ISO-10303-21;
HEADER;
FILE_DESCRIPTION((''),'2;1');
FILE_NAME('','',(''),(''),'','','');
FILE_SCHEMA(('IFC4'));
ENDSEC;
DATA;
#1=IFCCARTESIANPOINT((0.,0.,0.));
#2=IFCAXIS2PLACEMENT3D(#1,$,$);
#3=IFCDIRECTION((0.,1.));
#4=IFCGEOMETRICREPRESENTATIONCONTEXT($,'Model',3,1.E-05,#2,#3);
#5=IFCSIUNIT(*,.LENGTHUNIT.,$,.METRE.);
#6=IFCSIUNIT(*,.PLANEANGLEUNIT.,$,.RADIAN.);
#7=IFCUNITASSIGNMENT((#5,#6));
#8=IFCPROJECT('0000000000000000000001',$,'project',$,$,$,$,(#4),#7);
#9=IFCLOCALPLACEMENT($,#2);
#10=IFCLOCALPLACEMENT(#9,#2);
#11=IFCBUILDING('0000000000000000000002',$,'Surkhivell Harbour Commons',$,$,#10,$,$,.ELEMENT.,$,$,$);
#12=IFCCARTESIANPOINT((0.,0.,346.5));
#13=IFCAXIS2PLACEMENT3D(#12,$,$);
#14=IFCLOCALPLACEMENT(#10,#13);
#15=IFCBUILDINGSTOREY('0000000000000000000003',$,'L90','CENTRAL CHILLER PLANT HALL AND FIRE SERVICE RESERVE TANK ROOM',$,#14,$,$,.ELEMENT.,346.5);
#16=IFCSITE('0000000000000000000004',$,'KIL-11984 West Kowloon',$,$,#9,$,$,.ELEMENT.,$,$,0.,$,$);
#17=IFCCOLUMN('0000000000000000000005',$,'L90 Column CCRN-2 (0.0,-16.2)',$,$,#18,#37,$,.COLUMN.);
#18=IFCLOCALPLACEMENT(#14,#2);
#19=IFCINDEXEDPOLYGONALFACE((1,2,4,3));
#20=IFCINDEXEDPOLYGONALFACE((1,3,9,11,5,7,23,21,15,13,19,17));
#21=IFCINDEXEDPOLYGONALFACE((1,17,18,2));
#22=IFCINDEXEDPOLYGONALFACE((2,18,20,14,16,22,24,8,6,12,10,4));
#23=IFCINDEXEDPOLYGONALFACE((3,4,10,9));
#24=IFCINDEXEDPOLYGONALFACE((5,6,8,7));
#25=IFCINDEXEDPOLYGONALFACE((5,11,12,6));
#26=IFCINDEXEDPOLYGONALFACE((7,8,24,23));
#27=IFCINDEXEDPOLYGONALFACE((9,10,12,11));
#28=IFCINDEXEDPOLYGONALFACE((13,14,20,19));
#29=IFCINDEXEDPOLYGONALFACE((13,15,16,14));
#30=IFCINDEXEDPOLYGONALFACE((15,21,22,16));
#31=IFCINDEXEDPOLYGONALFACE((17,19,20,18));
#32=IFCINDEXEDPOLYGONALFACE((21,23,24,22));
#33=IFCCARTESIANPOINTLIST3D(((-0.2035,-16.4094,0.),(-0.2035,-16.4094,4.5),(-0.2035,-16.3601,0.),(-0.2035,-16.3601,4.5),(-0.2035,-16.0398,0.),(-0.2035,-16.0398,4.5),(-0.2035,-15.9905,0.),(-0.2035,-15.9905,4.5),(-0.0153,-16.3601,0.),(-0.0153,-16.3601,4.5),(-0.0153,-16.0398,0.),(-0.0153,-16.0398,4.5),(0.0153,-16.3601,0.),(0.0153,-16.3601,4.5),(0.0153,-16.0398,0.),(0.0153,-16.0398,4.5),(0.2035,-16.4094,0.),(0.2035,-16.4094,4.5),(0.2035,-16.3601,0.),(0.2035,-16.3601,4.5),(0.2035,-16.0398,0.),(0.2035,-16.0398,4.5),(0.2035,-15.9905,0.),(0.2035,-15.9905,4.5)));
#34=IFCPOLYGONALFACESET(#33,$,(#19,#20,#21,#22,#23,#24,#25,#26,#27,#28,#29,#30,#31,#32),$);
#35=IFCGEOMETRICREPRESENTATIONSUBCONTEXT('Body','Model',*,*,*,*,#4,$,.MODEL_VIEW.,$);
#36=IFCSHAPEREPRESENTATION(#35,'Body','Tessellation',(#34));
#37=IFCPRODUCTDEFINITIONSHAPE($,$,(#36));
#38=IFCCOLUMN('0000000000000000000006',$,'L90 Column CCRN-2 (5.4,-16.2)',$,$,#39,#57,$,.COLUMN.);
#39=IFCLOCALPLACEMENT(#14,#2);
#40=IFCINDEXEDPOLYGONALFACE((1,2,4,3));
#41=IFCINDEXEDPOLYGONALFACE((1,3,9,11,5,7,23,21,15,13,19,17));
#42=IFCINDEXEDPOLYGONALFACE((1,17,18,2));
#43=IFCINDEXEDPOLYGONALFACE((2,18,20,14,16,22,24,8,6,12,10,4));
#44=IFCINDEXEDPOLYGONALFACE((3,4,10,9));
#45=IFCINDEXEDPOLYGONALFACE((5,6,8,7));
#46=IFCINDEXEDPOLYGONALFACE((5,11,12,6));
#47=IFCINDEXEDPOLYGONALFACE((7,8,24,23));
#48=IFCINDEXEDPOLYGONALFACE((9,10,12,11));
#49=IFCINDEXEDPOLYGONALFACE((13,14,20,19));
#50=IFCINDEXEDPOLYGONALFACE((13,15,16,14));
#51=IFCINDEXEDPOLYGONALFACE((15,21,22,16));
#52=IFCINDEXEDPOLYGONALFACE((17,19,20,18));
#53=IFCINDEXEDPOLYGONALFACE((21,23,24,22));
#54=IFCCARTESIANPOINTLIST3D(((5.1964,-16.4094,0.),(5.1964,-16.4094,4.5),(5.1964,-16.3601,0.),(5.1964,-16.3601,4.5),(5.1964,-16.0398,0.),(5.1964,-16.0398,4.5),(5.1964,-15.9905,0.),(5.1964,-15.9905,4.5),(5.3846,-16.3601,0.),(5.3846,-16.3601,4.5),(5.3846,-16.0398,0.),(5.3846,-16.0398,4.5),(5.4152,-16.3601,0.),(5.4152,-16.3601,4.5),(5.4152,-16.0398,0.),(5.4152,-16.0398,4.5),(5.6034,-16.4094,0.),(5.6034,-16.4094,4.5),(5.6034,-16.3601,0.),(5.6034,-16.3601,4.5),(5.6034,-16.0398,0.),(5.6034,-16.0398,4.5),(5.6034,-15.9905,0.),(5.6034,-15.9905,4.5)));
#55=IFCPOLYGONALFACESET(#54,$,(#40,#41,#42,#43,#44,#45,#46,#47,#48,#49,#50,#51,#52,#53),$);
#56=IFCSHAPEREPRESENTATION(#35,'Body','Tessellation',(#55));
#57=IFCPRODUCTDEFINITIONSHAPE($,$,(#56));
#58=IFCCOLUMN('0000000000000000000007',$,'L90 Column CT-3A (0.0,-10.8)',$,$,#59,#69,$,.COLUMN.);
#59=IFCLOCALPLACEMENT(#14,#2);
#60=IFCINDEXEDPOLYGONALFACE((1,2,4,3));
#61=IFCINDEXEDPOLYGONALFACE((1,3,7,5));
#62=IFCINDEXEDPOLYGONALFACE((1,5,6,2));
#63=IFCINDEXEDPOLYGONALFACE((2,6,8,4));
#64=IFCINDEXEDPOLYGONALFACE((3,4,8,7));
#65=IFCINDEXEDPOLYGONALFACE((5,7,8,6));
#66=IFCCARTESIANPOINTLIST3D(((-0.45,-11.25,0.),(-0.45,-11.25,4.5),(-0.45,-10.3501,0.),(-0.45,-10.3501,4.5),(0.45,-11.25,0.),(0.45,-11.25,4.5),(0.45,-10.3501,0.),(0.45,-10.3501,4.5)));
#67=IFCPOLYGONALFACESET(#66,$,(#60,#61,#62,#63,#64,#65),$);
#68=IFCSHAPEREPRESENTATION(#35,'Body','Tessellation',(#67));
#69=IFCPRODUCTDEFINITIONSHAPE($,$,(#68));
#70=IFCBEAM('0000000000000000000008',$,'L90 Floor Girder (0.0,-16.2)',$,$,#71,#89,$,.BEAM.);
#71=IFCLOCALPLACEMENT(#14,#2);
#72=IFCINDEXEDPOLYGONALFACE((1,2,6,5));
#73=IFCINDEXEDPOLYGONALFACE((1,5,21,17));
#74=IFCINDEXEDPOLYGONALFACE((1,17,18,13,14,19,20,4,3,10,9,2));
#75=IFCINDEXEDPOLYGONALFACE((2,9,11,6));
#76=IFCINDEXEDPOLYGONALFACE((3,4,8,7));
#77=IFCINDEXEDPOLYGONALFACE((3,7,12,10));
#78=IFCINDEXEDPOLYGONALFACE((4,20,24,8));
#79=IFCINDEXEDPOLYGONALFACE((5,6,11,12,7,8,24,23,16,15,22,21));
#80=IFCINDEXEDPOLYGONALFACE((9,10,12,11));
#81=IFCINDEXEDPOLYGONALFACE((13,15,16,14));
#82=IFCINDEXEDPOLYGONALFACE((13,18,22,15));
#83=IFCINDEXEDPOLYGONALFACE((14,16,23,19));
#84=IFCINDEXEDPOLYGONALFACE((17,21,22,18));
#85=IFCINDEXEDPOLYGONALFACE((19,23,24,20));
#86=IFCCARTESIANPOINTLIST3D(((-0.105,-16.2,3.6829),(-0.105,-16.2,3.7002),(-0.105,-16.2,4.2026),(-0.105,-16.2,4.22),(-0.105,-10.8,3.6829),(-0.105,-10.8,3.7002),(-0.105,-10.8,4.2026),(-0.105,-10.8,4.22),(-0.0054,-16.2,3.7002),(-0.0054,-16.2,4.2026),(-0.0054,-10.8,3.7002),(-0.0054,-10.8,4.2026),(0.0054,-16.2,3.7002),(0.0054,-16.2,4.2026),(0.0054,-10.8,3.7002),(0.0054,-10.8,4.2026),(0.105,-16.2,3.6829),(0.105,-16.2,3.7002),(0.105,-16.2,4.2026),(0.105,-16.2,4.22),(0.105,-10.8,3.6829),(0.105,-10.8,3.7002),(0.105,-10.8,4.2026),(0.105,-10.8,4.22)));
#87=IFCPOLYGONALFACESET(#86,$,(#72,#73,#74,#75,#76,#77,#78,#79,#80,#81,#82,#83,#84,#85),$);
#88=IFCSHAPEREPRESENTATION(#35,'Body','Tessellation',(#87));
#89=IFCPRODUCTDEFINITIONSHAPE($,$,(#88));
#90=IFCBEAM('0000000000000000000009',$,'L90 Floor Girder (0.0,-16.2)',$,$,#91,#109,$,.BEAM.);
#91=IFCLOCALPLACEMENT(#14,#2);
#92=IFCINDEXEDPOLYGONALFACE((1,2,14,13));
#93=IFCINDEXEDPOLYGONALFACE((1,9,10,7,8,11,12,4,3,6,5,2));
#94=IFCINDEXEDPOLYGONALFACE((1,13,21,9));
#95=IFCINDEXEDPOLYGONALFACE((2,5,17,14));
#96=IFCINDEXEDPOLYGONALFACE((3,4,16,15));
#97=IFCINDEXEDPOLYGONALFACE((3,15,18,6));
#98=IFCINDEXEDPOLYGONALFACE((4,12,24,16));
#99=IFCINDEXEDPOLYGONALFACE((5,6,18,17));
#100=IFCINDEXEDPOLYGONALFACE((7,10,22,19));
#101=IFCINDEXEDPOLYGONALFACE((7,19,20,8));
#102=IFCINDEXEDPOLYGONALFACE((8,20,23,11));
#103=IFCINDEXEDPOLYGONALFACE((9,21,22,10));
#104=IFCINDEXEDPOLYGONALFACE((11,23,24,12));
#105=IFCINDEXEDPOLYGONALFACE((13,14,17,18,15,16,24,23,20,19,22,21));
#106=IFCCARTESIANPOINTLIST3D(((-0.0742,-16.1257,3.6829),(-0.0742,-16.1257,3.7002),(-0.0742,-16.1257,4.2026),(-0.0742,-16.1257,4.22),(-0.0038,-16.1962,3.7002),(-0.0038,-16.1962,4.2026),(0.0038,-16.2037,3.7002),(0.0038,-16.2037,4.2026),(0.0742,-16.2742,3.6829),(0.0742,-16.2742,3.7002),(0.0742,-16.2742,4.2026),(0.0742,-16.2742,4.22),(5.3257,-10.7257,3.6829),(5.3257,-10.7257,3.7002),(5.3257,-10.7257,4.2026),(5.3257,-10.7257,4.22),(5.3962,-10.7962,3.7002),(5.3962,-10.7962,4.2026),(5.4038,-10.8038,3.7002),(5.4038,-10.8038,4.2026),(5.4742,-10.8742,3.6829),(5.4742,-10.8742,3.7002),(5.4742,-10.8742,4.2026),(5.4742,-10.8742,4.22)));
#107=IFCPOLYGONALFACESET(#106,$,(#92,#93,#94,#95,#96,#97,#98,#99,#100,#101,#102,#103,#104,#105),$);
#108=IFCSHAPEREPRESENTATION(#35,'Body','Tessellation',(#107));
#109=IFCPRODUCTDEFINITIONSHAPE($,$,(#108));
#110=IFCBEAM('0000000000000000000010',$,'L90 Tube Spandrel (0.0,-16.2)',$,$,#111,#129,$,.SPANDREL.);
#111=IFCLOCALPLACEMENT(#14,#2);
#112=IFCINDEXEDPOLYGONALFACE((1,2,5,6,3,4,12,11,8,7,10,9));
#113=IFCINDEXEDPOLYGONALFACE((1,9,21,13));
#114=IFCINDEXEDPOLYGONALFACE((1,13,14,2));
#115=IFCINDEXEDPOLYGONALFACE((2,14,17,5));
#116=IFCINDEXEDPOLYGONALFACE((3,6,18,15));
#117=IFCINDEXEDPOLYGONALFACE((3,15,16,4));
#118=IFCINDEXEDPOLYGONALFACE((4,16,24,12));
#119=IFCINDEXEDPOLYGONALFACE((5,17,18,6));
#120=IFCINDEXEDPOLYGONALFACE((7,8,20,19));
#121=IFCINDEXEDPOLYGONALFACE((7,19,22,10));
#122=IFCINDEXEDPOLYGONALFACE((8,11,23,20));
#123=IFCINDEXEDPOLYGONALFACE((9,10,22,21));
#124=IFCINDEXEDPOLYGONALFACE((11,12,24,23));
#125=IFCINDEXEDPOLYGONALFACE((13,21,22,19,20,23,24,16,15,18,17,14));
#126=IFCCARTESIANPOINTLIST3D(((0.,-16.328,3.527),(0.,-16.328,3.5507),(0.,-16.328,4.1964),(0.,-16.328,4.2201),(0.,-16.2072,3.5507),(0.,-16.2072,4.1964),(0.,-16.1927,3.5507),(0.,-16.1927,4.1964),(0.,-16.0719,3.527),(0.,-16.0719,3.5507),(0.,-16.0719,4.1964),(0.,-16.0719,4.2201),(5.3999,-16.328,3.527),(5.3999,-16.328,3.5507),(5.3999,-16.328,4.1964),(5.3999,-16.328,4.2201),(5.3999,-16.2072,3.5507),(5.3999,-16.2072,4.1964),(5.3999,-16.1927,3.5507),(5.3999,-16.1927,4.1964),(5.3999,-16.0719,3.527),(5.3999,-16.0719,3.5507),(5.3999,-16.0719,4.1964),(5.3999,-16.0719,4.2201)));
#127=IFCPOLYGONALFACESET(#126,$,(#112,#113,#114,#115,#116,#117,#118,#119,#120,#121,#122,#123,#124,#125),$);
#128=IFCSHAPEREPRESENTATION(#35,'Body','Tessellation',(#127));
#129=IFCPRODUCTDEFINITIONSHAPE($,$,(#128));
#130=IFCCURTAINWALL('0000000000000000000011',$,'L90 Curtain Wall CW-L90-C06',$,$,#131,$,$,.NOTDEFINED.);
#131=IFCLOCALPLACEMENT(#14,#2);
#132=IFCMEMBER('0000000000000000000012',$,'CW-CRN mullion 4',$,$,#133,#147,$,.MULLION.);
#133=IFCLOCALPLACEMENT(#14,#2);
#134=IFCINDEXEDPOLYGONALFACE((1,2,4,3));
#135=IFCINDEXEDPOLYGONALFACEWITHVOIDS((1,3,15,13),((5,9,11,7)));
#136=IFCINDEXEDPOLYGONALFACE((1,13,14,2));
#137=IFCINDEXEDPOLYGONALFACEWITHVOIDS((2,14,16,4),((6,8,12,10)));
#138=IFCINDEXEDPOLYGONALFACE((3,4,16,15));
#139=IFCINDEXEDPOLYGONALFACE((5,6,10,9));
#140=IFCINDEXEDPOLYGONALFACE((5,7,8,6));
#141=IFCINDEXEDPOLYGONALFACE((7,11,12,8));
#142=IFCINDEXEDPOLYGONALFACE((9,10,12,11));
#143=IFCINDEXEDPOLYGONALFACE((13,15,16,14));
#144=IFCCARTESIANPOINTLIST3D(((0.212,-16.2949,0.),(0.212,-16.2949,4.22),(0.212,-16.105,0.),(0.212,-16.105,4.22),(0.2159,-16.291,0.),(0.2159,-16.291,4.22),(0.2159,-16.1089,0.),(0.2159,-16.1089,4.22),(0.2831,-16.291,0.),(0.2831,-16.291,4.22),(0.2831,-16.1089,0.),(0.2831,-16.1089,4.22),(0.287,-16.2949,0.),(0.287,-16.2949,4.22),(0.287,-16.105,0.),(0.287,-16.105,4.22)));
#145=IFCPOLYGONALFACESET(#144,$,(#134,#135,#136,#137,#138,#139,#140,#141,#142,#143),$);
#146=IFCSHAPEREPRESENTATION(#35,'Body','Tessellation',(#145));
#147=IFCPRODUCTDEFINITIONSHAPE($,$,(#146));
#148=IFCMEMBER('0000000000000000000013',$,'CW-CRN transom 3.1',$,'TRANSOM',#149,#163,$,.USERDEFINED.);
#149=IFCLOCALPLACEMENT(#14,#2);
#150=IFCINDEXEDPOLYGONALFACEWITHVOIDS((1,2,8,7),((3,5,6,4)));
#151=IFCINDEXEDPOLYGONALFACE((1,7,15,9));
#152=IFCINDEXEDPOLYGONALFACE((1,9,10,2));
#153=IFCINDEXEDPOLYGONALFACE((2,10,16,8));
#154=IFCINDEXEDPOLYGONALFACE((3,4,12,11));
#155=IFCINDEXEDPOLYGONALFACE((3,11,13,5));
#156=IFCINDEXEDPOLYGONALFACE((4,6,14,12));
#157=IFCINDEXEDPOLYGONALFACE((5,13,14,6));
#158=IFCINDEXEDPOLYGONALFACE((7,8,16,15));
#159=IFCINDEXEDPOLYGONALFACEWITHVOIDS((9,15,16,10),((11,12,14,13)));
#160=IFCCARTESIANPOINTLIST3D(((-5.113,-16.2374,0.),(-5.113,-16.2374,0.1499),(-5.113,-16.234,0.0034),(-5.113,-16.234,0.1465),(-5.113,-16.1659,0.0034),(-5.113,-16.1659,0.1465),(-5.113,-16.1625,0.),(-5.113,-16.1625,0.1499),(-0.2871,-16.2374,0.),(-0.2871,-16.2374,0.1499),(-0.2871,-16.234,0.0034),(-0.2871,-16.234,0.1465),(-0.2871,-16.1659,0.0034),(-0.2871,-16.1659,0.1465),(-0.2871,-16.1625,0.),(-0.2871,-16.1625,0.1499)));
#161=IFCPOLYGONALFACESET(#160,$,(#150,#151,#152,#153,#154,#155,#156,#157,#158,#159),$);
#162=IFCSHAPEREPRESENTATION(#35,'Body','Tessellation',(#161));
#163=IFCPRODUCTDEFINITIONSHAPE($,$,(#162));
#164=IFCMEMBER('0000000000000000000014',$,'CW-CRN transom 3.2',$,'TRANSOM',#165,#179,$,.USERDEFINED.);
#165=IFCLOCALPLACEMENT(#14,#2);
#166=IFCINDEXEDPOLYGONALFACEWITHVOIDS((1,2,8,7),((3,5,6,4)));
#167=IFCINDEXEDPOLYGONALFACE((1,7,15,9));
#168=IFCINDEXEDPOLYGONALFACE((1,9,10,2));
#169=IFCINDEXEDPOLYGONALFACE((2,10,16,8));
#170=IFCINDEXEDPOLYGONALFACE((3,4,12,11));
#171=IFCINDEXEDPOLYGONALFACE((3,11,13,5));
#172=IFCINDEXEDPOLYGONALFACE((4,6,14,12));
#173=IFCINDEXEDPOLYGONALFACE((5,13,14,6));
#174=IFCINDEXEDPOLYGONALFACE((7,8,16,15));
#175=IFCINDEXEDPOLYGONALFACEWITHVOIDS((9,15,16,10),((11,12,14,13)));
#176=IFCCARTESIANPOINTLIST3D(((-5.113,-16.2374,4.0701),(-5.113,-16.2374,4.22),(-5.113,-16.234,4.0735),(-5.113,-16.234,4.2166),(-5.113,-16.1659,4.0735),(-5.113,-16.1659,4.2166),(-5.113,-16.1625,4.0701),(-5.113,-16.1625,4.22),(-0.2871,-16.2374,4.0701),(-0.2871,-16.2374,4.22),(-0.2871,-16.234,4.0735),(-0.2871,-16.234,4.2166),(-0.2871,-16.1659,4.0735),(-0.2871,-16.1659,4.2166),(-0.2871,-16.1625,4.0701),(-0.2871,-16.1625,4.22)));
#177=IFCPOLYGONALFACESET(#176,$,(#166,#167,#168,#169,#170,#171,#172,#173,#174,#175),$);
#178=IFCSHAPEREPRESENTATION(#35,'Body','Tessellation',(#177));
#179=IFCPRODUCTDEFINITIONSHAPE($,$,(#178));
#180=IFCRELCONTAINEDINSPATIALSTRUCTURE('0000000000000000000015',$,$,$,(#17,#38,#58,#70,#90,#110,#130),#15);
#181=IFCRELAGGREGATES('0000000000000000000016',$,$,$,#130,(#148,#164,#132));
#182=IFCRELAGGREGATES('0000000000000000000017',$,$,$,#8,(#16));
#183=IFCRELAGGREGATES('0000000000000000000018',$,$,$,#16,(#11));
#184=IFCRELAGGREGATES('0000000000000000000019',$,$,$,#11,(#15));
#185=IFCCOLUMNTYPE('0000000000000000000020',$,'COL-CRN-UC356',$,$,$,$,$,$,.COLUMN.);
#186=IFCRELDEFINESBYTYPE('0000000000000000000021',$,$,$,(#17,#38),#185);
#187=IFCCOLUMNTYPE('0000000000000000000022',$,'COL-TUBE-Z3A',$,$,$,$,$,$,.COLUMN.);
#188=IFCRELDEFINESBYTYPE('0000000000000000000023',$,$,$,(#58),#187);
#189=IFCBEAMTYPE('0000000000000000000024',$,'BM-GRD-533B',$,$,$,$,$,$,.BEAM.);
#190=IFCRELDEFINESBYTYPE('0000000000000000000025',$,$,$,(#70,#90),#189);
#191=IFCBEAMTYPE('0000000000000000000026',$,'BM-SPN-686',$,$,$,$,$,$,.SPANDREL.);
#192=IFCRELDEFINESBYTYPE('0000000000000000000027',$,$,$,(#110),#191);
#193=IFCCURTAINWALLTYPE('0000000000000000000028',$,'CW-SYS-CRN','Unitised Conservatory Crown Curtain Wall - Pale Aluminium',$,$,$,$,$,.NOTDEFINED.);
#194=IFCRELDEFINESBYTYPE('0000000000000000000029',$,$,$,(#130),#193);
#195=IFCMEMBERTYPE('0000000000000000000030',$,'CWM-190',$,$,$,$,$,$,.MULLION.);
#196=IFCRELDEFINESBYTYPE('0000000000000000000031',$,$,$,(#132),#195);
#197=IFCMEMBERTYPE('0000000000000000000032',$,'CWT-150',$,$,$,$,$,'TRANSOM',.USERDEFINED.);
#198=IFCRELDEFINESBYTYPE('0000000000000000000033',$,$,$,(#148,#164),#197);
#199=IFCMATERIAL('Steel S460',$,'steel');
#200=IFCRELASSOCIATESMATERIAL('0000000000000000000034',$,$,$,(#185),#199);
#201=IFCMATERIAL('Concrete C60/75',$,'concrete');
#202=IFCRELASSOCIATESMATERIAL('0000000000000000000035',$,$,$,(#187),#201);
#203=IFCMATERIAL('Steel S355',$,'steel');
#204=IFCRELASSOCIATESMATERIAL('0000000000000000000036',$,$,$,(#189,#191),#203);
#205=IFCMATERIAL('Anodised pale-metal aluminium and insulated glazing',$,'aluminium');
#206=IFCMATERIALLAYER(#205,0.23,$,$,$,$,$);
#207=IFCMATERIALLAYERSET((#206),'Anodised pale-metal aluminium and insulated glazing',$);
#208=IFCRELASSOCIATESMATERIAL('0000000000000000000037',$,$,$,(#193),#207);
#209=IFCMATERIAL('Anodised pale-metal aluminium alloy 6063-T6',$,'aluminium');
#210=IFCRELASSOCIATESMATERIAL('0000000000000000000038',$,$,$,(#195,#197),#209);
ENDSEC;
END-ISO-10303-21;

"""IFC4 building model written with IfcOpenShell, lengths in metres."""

from ifc_helpers import new_model, si_unit, direction, frame, origin, origin_2d, place, context, subcontext, project, spatial, rectangle, hollow_rectangle, i_section, extrude, material, layer, layer_set, material_profile, profile_set, type_object, element, aggregate, save


model = new_model("IFC4")

# Units and contexts
model_context = context("Model", 3, precision=1e-05, world=origin(), true_north=direction((0.0, 1.0)))
body_context = subcontext(model_context, "Body", "Model", "MODEL_VIEW")
ifc_project = project(units=[si_unit("LENGTHUNIT", "METRE"), si_unit("PLANEANGLEUNIT", "RADIAN")], contexts=[model_context])

# Site, building, storey
site_placement = place(None, origin())
site = spatial("IfcSite", under=ifc_project, at=site_placement, Name="KIL-11984 West Kowloon", CompositionType="ELEMENT", RefElevation=0.0)
building_placement = place(site_placement, origin())
building = spatial("IfcBuilding", under=site, at=building_placement, Name="Surkhivell Harbour Commons", CompositionType="ELEMENT")
storey_placement = place(building_placement, frame((0.0, 0.0, 346.5)))
storey = spatial("IfcBuildingStorey", under=building, at=storey_placement, Name="L90", Description="CENTRAL CHILLER PLANT HALL AND FIRE SERVICE RESERVE TANK ROOM", CompositionType="ELEMENT", Elevation=346.5)

# Columns
ifc_material_1 = material(Name="Steel S460", Category="steel")
ifc_material_profile_1 = material_profile(ifc_material_1, i_section(OverallWidth=0.407, OverallDepth=0.4189, WebThickness=0.0305, FlangeThickness=0.0493, at=origin_2d()), Name="UC356x406x393")
ifc_profile_set_1 = profile_set([ifc_material_profile_1], Name="Steel S460")
column_type_1 = type_object("IfcColumnType", Name="COL-CRN-UC356", PredefinedType="COLUMN", material=ifc_profile_set_1)
for number, where, z_axis, x_axis, name in (
    (1, (0.0, -16.2, 0.0), (0.0, 0.0, 1.0), (1.0, 0.0, 0.0), "L90 Column CCRN-2 (0.0,-16.2)"),
    (2, (5.3999, -16.2, 0.0), (0.0, 0.0, 1.0), (1.0, 0.0, 0.0), "L90 Column CCRN-2 (5.4,-16.2)"),
):
    element("IfcColumn", number, at=place(storey_placement, frame(where, z_axis=z_axis, x_axis=x_axis)), inside=storey, type_object=column_type_1, Name=name, PredefinedType="COLUMN", context=body_context, shape_type="SweptSolid", body=[
        extrude(i_section(OverallWidth=0.407, OverallDepth=0.4189, WebThickness=0.0305, FlangeThickness=0.0493, at=origin_2d()), origin(), (0.0, 0.0, 1.0), 4.5),
    ])
ifc_material_2 = material(Name="Concrete C60/75", Category="concrete")
ifc_material_profile_2 = material_profile(ifc_material_2, rectangle(XDim=0.8999, YDim=0.8999, at=origin_2d()), Name="RC-COL-900x900")
ifc_profile_set_2 = profile_set([ifc_material_profile_2], Name="Concrete C60/75")
column_type_2 = type_object("IfcColumnType", Name="COL-TUBE-Z3A", PredefinedType="COLUMN", material=ifc_profile_set_2)
column_placement = place(storey_placement, frame((0.0, -10.8, 0.0), z_axis=(0.0, 0.0, 1.0), x_axis=(1.0, 0.0, 0.0)))
element("IfcColumn", 3, at=column_placement, inside=storey, type_object=column_type_2, Name="L90 Column CT-3A (0.0,-10.8)", PredefinedType="COLUMN", context=body_context, shape_type="SweptSolid", body=[
    extrude(rectangle(XDim=0.8999, YDim=0.8999, at=origin_2d()), origin(), (0.0, 0.0, 1.0), 4.5),
])

# Beams
ifc_material_3 = material(Name="Steel S355", Category="steel")
ifc_material_profile_3 = material_profile(ifc_material_3, i_section(OverallWidth=0.21, OverallDepth=0.5371, WebThickness=0.0107, FlangeThickness=0.0173, at=origin_2d()), Name="UB533x210x101")
ifc_profile_set_3 = profile_set([ifc_material_profile_3], Name="Steel S355")
beam_type_1 = type_object("IfcBeamType", Name="BM-GRD-533B", PredefinedType="BEAM", material=ifc_profile_set_3)
beam_1_placement = place(storey_placement, frame((0.0, -16.2, 3.9514), z_axis=(0.0, 1.0, 0.0), x_axis=(-1.0, 0.0, 0.0)))
element("IfcBeam", 4, at=beam_1_placement, inside=storey, type_object=beam_type_1, Name="L90 Floor Girder (0.0,-16.2)", PredefinedType="BEAM", context=body_context, shape_type="SweptSolid", body=[
    extrude(i_section(OverallWidth=0.21, OverallDepth=0.5371, WebThickness=0.0107, FlangeThickness=0.0173, at=origin_2d()), origin(), (0.0, 0.0, 1.0), 5.3999),
])
beam_2_placement = place(storey_placement, frame((0.0, -16.2, 3.9514), z_axis=(0.707107, 0.707107, 0.0), x_axis=(-0.707107, 0.707107, 0.0)))
element("IfcBeam", 5, at=beam_2_placement, inside=storey, type_object=beam_type_1, Name="L90 Floor Girder (0.0,-16.2)", PredefinedType="BEAM", context=body_context, shape_type="SweptSolid", body=[
    extrude(i_section(OverallWidth=0.21, OverallDepth=0.5371, WebThickness=0.0107, FlangeThickness=0.0173, at=origin_2d()), origin(), (0.0, 0.0, 1.0), 7.6367),
])
ifc_material_profile_4 = material_profile(ifc_material_3, i_section(OverallWidth=0.2561, OverallDepth=0.6931, WebThickness=0.0144, FlangeThickness=0.0237, at=origin_2d()), Name="UB686x254x170")
ifc_profile_set_4 = profile_set([ifc_material_profile_4], Name="Steel S355")
beam_type_2 = type_object("IfcBeamType", Name="BM-SPN-686", PredefinedType="SPANDREL", material=ifc_profile_set_4)
beam_3_placement = place(storey_placement, frame((0.0, -16.2, 3.8735), z_axis=(1.0, 0.0, 0.0), x_axis=(0.0, 1.0, 0.0)))
element("IfcBeam", 6, at=beam_3_placement, inside=storey, type_object=beam_type_2, Name="L90 Tube Spandrel (0.0,-16.2)", PredefinedType="SPANDREL", context=body_context, shape_type="SweptSolid", body=[
    extrude(i_section(OverallWidth=0.2561, OverallDepth=0.6931, WebThickness=0.0144, FlangeThickness=0.0237, at=origin_2d()), origin(), (0.0, 0.0, 1.0), 5.3999),
])

# Curtain wall, members
ifc_material_4 = material(Name="Anodised pale-metal aluminium and insulated glazing", Category="aluminium")
ifc_layer_1 = layer(ifc_material_4, 0.23)
ifc_layer_set_1 = layer_set([ifc_layer_1], Name="Anodised pale-metal aluminium and insulated glazing")
curtain_wall_type = type_object("IfcCurtainWallType", Name="CW-SYS-CRN", Description="Unitised Conservatory Crown Curtain Wall - Pale Aluminium", PredefinedType="NOTDEFINED", material=ifc_layer_set_1)
curtain_wall_placement = place(storey_placement, origin())
curtain_wall = element("IfcCurtainWall", 7, at=curtain_wall_placement, inside=storey, type_object=curtain_wall_type, Name="L90 Curtain Wall CW-L90-C06", PredefinedType="NOTDEFINED")
ifc_material_5 = material(Name="Anodised pale-metal aluminium alloy 6063-T6", Category="aluminium")
ifc_material_profile_5 = material_profile(ifc_material_5, hollow_rectangle(XDim=0.075, YDim=0.1899, WallThickness=0.0039, at=origin_2d()), Name="ALU-MULL-75x190")
ifc_profile_set_5 = profile_set([ifc_material_profile_5], Name="Anodised pale-metal aluminium alloy 6063-T6")
member_type_1 = type_object("IfcMemberType", Name="CWM-190", PredefinedType="MULLION", material=ifc_profile_set_5)
member_1_placement = place(storey_placement, frame((0.2495, -16.2, 0.0), z_axis=(0.0, 0.0, 1.0), x_axis=(1.0, 0.0, 0.0)))
member_1 = element("IfcMember", 8, at=member_1_placement, type_object=member_type_1, Name="CW-CRN mullion 4", PredefinedType="MULLION", context=body_context, shape_type="SweptSolid", body=[
    extrude(hollow_rectangle(XDim=0.075, YDim=0.1899, WallThickness=0.0039, at=origin_2d()), origin(), (0.0, 0.0, 1.0), 4.22),
])
ifc_material_profile_6 = material_profile(ifc_material_5, hollow_rectangle(XDim=0.075, YDim=0.1499, WallThickness=0.0034, at=origin_2d()), Name="ALU-TRAN-75x150")
ifc_profile_set_6 = profile_set([ifc_material_profile_6], Name="Anodised pale-metal aluminium alloy 6063-T6")
member_type_2 = type_object("IfcMemberType", Name="CWT-150", ElementType="TRANSOM", PredefinedType="USERDEFINED", material=ifc_profile_set_6)
member_2_placement = place(storey_placement, frame((-5.113, -16.2, 0.075), z_axis=(1.0, 0.0, 0.0), x_axis=(0.0, 1.0, 0.0)))
member_2 = element("IfcMember", 9, at=member_2_placement, type_object=member_type_2, Name="CW-CRN transom 3.1", ObjectType="TRANSOM", PredefinedType="USERDEFINED", context=body_context, shape_type="SweptSolid", body=[
    extrude(hollow_rectangle(XDim=0.075, YDim=0.1499, WallThickness=0.0034, at=origin_2d()), origin(), (0.0, 0.0, 1.0), 4.8259),
])
member_3_placement = place(storey_placement, frame((-5.113, -16.2, 4.145), z_axis=(1.0, 0.0, 0.0), x_axis=(0.0, 1.0, 0.0)))
member_3 = element("IfcMember", 10, at=member_3_placement, type_object=member_type_2, Name="CW-CRN transom 3.2", ObjectType="TRANSOM", PredefinedType="USERDEFINED", context=body_context, shape_type="SweptSolid", body=[
    extrude(hollow_rectangle(XDim=0.075, YDim=0.1499, WallThickness=0.0034, at=origin_2d()), origin(), (0.0, 0.0, 1.0), 4.8259),
])
aggregate(curtain_wall, [member_2, member_3, member_1])

save(model, "model.ifc")
